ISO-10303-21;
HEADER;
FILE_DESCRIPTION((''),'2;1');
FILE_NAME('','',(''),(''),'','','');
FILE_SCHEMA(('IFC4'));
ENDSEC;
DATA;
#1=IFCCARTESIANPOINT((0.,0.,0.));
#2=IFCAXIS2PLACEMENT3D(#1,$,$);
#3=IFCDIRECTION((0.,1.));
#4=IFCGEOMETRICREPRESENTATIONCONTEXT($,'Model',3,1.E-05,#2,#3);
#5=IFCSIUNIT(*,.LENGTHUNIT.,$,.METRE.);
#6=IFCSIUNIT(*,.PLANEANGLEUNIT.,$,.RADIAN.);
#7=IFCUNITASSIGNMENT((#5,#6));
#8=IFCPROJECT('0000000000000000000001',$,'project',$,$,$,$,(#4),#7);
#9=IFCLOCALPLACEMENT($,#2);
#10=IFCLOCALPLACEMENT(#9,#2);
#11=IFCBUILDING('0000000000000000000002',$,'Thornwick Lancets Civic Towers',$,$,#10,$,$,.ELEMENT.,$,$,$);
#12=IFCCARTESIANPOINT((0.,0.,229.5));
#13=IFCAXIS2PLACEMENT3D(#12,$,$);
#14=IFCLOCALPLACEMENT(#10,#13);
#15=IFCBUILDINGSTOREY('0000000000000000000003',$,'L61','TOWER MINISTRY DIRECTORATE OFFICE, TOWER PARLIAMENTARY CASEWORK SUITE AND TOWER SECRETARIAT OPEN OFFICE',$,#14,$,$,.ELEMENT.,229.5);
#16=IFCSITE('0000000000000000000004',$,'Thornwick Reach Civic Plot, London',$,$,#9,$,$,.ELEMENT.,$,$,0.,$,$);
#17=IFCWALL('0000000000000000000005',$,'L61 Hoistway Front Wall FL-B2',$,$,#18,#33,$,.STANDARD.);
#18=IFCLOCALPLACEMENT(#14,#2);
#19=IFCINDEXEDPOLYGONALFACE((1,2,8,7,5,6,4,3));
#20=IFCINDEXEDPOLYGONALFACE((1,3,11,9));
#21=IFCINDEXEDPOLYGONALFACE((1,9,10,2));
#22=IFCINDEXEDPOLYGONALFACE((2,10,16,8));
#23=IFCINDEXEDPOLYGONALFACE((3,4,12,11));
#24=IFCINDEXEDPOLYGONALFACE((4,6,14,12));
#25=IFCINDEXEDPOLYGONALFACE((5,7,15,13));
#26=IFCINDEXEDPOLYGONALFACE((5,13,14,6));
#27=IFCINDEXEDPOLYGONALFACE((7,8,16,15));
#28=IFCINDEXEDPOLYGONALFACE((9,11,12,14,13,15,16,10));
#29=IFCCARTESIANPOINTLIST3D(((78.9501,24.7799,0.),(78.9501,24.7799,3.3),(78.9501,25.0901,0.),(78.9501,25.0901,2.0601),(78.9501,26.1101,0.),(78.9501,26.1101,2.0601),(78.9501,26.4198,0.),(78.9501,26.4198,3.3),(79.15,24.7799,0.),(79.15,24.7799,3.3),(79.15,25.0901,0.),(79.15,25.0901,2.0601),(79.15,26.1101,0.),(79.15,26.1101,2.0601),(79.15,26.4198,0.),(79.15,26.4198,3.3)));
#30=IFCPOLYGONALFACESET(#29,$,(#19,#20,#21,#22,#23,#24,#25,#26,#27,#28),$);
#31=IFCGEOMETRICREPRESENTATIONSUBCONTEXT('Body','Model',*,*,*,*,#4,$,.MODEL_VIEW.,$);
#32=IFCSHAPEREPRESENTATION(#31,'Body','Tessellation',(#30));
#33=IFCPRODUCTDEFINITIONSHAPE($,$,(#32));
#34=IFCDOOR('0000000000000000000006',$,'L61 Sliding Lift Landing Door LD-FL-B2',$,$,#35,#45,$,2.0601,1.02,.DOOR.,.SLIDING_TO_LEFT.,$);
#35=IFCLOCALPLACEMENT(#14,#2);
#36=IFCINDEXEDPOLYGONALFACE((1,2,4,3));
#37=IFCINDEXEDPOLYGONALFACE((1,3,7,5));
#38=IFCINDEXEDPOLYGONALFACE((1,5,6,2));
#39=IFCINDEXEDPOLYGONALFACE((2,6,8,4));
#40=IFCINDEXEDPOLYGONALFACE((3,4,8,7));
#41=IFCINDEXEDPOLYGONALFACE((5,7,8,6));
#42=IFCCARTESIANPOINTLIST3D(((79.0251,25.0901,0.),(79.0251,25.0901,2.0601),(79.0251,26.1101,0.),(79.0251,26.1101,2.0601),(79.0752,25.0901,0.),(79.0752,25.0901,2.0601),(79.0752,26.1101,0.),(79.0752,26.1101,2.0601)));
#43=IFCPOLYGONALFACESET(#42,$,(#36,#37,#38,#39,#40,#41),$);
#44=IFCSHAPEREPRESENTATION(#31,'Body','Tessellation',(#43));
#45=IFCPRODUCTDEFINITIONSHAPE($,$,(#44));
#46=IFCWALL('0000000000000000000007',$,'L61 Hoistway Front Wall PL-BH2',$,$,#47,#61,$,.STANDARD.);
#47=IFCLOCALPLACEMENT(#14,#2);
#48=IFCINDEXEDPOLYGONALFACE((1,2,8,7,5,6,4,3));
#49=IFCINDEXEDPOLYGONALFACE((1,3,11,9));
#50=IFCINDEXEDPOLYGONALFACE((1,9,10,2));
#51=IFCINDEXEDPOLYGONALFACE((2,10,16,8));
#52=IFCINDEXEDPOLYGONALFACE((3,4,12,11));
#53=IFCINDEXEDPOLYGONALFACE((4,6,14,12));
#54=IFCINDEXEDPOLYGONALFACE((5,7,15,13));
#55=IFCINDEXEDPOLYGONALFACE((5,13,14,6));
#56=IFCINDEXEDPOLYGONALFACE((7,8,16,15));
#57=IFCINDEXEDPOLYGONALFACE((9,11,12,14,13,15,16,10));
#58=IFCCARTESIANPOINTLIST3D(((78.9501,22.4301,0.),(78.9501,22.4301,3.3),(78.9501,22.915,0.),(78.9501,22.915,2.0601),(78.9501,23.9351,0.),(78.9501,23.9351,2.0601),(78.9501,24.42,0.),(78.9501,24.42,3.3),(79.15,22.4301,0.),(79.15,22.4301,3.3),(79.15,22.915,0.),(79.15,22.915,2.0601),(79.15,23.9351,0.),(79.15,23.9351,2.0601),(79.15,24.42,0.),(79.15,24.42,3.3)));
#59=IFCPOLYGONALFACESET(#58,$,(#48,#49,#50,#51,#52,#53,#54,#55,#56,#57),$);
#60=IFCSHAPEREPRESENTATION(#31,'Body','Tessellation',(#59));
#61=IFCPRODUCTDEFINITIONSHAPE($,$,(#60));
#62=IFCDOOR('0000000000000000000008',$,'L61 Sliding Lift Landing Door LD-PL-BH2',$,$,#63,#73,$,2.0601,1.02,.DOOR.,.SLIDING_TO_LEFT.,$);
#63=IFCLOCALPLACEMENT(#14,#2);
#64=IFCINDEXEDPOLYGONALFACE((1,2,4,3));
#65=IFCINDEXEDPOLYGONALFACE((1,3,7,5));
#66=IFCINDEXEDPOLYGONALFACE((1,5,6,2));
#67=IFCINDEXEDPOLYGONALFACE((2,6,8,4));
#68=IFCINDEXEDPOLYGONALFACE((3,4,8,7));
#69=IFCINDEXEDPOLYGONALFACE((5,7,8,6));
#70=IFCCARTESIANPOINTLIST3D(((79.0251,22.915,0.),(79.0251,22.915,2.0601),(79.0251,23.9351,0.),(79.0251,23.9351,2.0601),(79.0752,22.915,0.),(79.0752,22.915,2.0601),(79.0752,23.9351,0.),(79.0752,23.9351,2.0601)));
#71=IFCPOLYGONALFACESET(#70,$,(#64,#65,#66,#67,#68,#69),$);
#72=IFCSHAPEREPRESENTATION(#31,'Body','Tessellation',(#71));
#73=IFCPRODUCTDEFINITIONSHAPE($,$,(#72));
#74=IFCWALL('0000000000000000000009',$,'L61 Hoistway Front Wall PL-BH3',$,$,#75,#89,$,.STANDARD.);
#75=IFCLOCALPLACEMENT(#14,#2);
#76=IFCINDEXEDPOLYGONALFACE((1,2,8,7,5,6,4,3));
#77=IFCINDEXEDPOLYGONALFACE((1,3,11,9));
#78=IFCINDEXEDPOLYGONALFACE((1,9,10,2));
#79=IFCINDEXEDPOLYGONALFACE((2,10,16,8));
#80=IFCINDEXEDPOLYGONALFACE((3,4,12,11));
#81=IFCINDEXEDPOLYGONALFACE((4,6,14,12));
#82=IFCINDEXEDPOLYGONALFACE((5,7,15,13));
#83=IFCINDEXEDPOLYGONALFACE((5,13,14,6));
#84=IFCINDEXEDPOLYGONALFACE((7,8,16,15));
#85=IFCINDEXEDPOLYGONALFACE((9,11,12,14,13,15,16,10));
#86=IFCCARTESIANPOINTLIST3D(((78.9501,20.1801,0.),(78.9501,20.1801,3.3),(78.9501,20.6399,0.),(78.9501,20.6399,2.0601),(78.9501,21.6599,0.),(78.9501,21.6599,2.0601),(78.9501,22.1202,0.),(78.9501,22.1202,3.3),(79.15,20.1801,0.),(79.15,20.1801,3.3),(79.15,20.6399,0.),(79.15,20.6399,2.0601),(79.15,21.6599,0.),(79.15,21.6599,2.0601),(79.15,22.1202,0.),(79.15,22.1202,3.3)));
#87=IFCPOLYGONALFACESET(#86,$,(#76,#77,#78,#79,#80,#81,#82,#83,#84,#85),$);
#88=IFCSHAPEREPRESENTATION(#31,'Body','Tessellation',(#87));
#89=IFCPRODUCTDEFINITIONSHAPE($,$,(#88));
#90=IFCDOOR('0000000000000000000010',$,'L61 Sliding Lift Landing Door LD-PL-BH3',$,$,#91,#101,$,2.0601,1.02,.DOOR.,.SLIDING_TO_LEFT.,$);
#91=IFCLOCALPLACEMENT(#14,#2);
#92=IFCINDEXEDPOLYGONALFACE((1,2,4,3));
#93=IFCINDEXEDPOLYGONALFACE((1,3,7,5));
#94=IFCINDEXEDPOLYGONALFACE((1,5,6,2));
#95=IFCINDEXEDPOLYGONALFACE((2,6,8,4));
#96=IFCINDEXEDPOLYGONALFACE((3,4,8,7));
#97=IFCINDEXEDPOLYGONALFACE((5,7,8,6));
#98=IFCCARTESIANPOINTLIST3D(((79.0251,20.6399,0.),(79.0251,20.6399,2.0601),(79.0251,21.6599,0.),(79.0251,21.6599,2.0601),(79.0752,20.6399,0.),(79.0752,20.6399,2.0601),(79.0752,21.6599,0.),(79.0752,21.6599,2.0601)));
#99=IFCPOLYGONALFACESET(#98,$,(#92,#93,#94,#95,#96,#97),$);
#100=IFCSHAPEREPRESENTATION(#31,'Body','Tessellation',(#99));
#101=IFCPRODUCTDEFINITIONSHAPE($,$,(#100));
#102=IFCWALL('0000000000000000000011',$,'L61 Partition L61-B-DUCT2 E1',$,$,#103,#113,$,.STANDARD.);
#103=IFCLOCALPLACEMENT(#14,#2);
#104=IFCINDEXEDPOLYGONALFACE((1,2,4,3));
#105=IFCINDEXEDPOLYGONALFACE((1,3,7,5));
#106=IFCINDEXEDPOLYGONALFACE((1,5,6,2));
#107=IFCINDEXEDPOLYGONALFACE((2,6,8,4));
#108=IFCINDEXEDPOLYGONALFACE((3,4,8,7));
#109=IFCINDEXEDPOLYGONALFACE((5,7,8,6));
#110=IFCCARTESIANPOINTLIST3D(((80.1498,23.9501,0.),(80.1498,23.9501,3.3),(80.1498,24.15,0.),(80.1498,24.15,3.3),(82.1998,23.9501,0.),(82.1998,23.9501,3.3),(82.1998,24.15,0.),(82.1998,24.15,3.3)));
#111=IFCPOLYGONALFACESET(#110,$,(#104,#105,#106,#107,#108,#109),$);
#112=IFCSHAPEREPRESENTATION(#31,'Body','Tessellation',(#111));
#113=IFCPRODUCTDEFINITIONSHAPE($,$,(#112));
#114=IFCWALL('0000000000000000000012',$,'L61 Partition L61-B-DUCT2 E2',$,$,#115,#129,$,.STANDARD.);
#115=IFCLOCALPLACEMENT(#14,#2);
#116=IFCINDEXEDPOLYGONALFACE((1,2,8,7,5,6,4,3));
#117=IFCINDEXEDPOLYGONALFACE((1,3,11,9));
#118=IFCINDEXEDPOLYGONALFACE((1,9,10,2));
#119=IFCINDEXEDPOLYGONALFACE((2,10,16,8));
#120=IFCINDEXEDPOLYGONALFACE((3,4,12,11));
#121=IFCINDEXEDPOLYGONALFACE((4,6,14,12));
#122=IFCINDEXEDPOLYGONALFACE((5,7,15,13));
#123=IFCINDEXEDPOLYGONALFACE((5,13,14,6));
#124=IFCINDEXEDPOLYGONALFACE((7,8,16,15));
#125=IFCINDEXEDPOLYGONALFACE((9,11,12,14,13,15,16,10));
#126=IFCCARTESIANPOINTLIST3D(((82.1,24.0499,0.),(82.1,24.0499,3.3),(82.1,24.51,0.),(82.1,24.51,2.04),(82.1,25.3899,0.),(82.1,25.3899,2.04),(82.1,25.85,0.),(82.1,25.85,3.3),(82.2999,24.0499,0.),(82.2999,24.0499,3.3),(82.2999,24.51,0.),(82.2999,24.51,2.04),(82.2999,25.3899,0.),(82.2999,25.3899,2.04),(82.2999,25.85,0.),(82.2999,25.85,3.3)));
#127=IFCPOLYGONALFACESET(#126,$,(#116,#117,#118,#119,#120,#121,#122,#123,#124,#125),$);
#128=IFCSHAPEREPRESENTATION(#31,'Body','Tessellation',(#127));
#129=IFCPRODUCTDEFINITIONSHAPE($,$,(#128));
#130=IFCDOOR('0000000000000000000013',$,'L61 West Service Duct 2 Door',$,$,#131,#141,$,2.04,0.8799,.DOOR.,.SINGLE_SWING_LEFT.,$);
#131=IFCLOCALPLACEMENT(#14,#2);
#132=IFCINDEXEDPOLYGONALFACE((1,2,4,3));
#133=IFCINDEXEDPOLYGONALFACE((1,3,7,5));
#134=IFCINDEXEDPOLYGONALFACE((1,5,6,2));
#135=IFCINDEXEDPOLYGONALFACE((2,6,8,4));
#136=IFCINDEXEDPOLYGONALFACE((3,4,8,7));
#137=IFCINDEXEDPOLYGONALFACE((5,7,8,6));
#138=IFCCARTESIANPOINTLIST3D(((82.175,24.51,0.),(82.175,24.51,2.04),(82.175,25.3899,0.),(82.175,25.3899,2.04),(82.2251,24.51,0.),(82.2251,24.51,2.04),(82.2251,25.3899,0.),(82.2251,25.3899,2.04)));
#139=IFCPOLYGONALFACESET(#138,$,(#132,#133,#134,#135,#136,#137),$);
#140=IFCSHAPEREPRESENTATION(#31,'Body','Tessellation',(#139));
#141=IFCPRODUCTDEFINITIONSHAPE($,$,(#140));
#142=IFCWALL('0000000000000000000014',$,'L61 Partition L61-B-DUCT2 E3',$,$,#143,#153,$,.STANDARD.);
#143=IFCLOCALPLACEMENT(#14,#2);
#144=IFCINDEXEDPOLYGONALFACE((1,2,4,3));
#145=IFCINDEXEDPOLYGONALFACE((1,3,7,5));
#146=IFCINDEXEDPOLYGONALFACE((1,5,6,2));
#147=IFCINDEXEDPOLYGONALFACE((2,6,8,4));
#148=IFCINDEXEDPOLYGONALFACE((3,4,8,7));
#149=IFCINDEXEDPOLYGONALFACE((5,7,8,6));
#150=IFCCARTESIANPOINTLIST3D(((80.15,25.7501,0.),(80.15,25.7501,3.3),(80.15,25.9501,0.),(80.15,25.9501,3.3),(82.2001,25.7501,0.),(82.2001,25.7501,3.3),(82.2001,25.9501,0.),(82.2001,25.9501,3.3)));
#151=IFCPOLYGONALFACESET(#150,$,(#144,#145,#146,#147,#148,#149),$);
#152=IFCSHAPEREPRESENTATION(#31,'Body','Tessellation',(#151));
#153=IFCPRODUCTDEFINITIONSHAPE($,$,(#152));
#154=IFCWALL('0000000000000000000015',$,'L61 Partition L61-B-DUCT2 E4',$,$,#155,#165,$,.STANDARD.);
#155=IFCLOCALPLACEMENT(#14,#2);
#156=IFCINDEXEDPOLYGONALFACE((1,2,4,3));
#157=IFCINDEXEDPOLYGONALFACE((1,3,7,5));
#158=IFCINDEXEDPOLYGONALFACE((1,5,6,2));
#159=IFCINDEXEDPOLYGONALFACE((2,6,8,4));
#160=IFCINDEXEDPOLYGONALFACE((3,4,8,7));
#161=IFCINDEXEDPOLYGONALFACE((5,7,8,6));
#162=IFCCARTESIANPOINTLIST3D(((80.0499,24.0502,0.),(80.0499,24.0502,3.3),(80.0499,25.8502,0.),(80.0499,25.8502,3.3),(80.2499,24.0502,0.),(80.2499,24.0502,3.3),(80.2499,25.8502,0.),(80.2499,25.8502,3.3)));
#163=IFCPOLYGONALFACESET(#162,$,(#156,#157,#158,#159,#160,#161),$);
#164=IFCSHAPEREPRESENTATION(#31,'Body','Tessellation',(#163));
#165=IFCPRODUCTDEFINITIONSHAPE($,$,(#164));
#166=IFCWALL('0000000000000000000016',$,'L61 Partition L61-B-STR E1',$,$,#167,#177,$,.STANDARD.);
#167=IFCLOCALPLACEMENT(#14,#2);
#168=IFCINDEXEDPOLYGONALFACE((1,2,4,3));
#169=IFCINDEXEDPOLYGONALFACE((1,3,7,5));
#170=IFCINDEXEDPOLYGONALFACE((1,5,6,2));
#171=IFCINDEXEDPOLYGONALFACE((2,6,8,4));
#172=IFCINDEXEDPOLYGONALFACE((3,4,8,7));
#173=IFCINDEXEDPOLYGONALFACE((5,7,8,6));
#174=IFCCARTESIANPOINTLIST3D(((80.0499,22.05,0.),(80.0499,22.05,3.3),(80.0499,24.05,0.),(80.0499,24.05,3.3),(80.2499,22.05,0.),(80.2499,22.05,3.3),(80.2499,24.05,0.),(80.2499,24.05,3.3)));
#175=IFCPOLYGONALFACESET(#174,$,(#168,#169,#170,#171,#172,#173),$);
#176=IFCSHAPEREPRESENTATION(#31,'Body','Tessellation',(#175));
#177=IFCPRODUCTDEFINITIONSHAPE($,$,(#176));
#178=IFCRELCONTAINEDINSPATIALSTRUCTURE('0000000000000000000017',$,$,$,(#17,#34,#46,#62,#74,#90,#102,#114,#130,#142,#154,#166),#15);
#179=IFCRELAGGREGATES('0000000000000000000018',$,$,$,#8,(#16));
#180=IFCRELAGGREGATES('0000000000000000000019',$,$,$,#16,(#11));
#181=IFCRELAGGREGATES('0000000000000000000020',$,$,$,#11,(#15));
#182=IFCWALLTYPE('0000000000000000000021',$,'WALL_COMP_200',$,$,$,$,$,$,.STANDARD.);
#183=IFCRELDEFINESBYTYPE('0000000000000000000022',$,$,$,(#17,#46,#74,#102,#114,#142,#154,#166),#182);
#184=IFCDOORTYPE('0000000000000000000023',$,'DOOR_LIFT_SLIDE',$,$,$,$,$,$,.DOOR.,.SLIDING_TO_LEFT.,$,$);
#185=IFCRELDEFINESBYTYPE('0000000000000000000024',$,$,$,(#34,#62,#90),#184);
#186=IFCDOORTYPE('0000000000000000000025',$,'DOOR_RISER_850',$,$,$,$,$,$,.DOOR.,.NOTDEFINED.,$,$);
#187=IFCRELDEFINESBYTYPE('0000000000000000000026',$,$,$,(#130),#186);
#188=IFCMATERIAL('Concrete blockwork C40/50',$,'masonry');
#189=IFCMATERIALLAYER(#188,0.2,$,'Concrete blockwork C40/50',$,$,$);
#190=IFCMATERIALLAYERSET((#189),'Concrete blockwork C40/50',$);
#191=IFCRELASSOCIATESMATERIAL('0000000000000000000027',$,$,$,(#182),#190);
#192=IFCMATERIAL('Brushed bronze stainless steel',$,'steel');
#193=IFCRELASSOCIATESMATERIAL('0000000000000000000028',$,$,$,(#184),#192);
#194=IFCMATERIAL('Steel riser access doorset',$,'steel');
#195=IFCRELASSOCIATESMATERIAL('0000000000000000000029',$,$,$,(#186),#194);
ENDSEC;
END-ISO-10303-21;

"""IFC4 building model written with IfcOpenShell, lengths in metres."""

from ifc_helpers import new_model, si_unit, direction, frame, frame_2d, origin, place, context, subcontext, project, spatial, rectangle, extrude, material, layer, layer_set, type_object, element, fill, save


model = new_model("IFC4")

# Units and contexts
model_context = context("Model", 3, precision=1e-05, world=origin(), true_north=direction((0.0, 1.0)))
body_context = subcontext(model_context, "Body", "Model", "MODEL_VIEW")
ifc_project = project(units=[si_unit("LENGTHUNIT", "METRE"), si_unit("PLANEANGLEUNIT", "RADIAN")], contexts=[model_context])

# Site, building, storey
site_placement = place(None, origin())
site = spatial("IfcSite", under=ifc_project, at=site_placement, Name="Thornwick Reach Civic Plot, London", CompositionType="ELEMENT", RefElevation=0.0)
building_placement = place(site_placement, origin())
building = spatial("IfcBuilding", under=site, at=building_placement, Name="Thornwick Lancets Civic Towers", CompositionType="ELEMENT")
storey_placement = place(building_placement, frame((0.0, 0.0, 229.5)))
storey = spatial("IfcBuildingStorey", under=building, at=storey_placement, Name="L61", Description="TOWER MINISTRY DIRECTORATE OFFICE, TOWER PARLIAMENTARY CASEWORK SUITE AND TOWER SECRETARIAT OPEN OFFICE", CompositionType="ELEMENT", Elevation=229.5)

# Walls, openings, doors
ifc_material_1 = material(Name="Concrete blockwork C40/50", Category="masonry")
ifc_layer_1 = layer(ifc_material_1, 0.2, Name="Concrete blockwork C40/50")
ifc_layer_set_1 = layer_set([ifc_layer_1], Name="Concrete blockwork C40/50")
wall_type_1 = type_object("IfcWallType", Name="WALL_COMP_200", PredefinedType="STANDARD", material=ifc_layer_set_1)
wall_1_placement = place(storey_placement, frame((79.05, 24.78, 0.0), z_axis=(0.0, 0.0, 1.0), x_axis=(0.0, 1.0, 0.0)))
wall_1 = element("IfcWall", 1, at=wall_1_placement, inside=storey, type_object=wall_type_1, Name="L61 Hoistway Front Wall FL-B2", PredefinedType="STANDARD", context=body_context, shape_type="SweptSolid", body=[
    extrude(rectangle(XDim=1.6399, YDim=0.2, at=frame_2d((0.8198, 0.0))), origin(), (0.0, 0.0, 1.0), 3.3),
])
opening_1_placement = place(wall_1_placement, frame((0.3101, 0.0, 0.0)))
opening_1 = element("IfcOpeningElement", 2, at=opening_1_placement, cuts=wall_1, PredefinedType="OPENING", context=body_context, shape_type="SweptSolid", body=[
    extrude(rectangle(XDim=1.02, YDim=2.0601, at=frame_2d((0.51, 1.03))), frame((0.0, 0.1099, 0.0), z_axis=(0.0, -1.0, 0.0), x_axis=(1.0, 0.0, 0.0)), (0.0, 0.0, 1.0), 0.22),
])
ifc_material_2 = material(Name="Brushed bronze stainless steel", Category="steel")
door_type_1 = type_object("IfcDoorType", Name="DOOR_LIFT_SLIDE", OperationType="SLIDING_TO_LEFT", PredefinedType="DOOR", material=ifc_material_2)
door_1_placement = place(opening_1_placement, origin())
door_1 = element("IfcDoor", 3, at=door_1_placement, inside=storey, type_object=door_type_1, Name="L61 Sliding Lift Landing Door LD-FL-B2", OperationType="SLIDING_TO_LEFT", OverallHeight=2.0601, OverallWidth=1.02, PredefinedType="DOOR", context=body_context, shape_type="SweptSolid", body=[
    extrude(rectangle(XDim=1.02, YDim=2.0601, at=frame_2d((0.51, 1.03))), frame((0.0, 0.0249, 0.0), z_axis=(0.0, -1.0, 0.0), x_axis=(1.0, 0.0, 0.0)), (0.0, 0.0, 1.0), 0.05),
])
fill(opening_1, door_1)
wall_2_placement = place(storey_placement, frame((79.05, 22.4299, 0.0), z_axis=(0.0, 0.0, 1.0), x_axis=(0.0, 1.0, 0.0)))
wall_2 = element("IfcWall", 4, at=wall_2_placement, inside=storey, type_object=wall_type_1, Name="L61 Hoistway Front Wall PL-BH2", PredefinedType="STANDARD", context=body_context, shape_type="SweptSolid", body=[
    extrude(rectangle(XDim=1.99, YDim=0.2, at=frame_2d((0.9951, 0.0))), origin(), (0.0, 0.0, 1.0), 3.3),
])
opening_2_placement = place(wall_2_placement, frame((0.4851, 0.0, 0.0)))
opening_2 = element("IfcOpeningElement", 5, at=opening_2_placement, cuts=wall_2, PredefinedType="OPENING", context=body_context, shape_type="SweptSolid", body=[
    extrude(rectangle(XDim=1.02, YDim=2.0601, at=frame_2d((0.51, 1.03))), frame((0.0, 0.1099, 0.0), z_axis=(0.0, -1.0, 0.0), x_axis=(1.0, 0.0, 0.0)), (0.0, 0.0, 1.0), 0.22),
])
door_2_placement = place(opening_2_placement, origin())
door_2 = element("IfcDoor", 6, at=door_2_placement, inside=storey, type_object=door_type_1, Name="L61 Sliding Lift Landing Door LD-PL-BH2", OperationType="SLIDING_TO_LEFT", OverallHeight=2.0601, OverallWidth=1.02, PredefinedType="DOOR", context=body_context, shape_type="SweptSolid", body=[
    extrude(rectangle(XDim=1.02, YDim=2.0601, at=frame_2d((0.51, 1.03))), frame((0.0, 0.0249, 0.0), z_axis=(0.0, -1.0, 0.0), x_axis=(1.0, 0.0, 0.0)), (0.0, 0.0, 1.0), 0.05),
])
fill(opening_2, door_2)
wall_3_placement = place(storey_placement, frame((79.05, 20.1799, 0.0), z_axis=(0.0, 0.0, 1.0), x_axis=(0.0, 1.0, 0.0)))
wall_3 = element("IfcWall", 7, at=wall_3_placement, inside=storey, type_object=wall_type_1, Name="L61 Hoistway Front Wall PL-BH3", PredefinedType="STANDARD", context=body_context, shape_type="SweptSolid", body=[
    extrude(rectangle(XDim=1.9402, YDim=0.2, at=frame_2d((0.9702, 0.0))), origin(), (0.0, 0.0, 1.0), 3.3),
])
opening_3_placement = place(wall_3_placement, frame((0.46, 0.0, 0.0)))
opening_3 = element("IfcOpeningElement", 8, at=opening_3_placement, cuts=wall_3, PredefinedType="OPENING", context=body_context, shape_type="SweptSolid", body=[
    extrude(rectangle(XDim=1.02, YDim=2.0601, at=frame_2d((0.51, 1.03))), frame((0.0, 0.1099, 0.0), z_axis=(0.0, -1.0, 0.0), x_axis=(1.0, 0.0, 0.0)), (0.0, 0.0, 1.0), 0.22),
])
door_3_placement = place(opening_3_placement, origin())
door_3 = element("IfcDoor", 9, at=door_3_placement, inside=storey, type_object=door_type_1, Name="L61 Sliding Lift Landing Door LD-PL-BH3", OperationType="SLIDING_TO_LEFT", OverallHeight=2.0601, OverallWidth=1.02, PredefinedType="DOOR", context=body_context, shape_type="SweptSolid", body=[
    extrude(rectangle(XDim=1.02, YDim=2.0601, at=frame_2d((0.51, 1.03))), frame((0.0, 0.0249, 0.0), z_axis=(0.0, -1.0, 0.0), x_axis=(1.0, 0.0, 0.0)), (0.0, 0.0, 1.0), 0.05),
])
fill(opening_3, door_3)

# Wall
wall_4_placement = place(storey_placement, frame((80.1499, 24.05, 0.0), z_axis=(0.0, 0.0, 1.0), x_axis=(1.0, 0.0, 0.0)))
element("IfcWall", 10, at=wall_4_placement, inside=storey, type_object=wall_type_1, Name="L61 Partition L61-B-DUCT2 E1", PredefinedType="STANDARD", context=body_context, shape_type="SweptSolid", body=[
    extrude(rectangle(XDim=2.05, YDim=0.2, at=frame_2d((1.0249, 0.0))), origin(), (0.0, 0.0, 1.0), 3.3),
])

# Wall, opening, door
wall_5_placement = place(storey_placement, frame((82.2, 24.05, 0.0), z_axis=(0.0, 0.0, 1.0), x_axis=(0.0, 1.0, 0.0)))
wall_5 = element("IfcWall", 11, at=wall_5_placement, inside=storey, type_object=wall_type_1, Name="L61 Partition L61-B-DUCT2 E2", PredefinedType="STANDARD", context=body_context, shape_type="SweptSolid", body=[
    extrude(rectangle(XDim=1.8, YDim=0.2, at=frame_2d((0.8999, 0.0))), origin(), (0.0, 0.0, 1.0), 3.3),
])
opening_4_placement = place(wall_5_placement, frame((0.46, 0.0, 0.0)))
opening_4 = element("IfcOpeningElement", 12, at=opening_4_placement, cuts=wall_5, PredefinedType="OPENING", context=body_context, shape_type="SweptSolid", body=[
    extrude(rectangle(XDim=0.8799, YDim=2.04, at=frame_2d((0.4399, 1.02))), frame((0.0, 0.1099, 0.0), z_axis=(0.0, -1.0, 0.0), x_axis=(1.0, 0.0, 0.0)), (0.0, 0.0, 1.0), 0.22),
])
ifc_material_3 = material(Name="Steel riser access doorset", Category="steel")
door_type_2 = type_object("IfcDoorType", Name="DOOR_RISER_850", OperationType="NOTDEFINED", PredefinedType="DOOR", material=ifc_material_3)
door_4_placement = place(opening_4_placement, origin())
door_4 = element("IfcDoor", 13, at=door_4_placement, inside=storey, type_object=door_type_2, Name="L61 West Service Duct 2 Door", OperationType="SINGLE_SWING_LEFT", OverallHeight=2.04, OverallWidth=0.8799, PredefinedType="DOOR", context=body_context, shape_type="SweptSolid", body=[
    extrude(rectangle(XDim=0.8799, YDim=2.04, at=frame_2d((0.4399, 1.02))), frame((0.0, 0.0249, 0.0), z_axis=(0.0, -1.0, 0.0), x_axis=(1.0, 0.0, 0.0)), (0.0, 0.0, 1.0), 0.05),
])
fill(opening_4, door_4)

# Walls
wall_6_placement = place(storey_placement, frame((82.2, 25.8501, 0.0), z_axis=(0.0, 0.0, 1.0), x_axis=(-1.0, 0.0, 0.0)))
element("IfcWall", 14, at=wall_6_placement, inside=storey, type_object=wall_type_1, Name="L61 Partition L61-B-DUCT2 E3", PredefinedType="STANDARD", context=body_context, shape_type="SweptSolid", body=[
    extrude(rectangle(XDim=2.05, YDim=0.2, at=frame_2d((1.0249, 0.0))), origin(), (0.0, 0.0, 1.0), 3.3),
])
wall_7_placement = place(storey_placement, frame((80.1499, 25.8501, 0.0), z_axis=(0.0, 0.0, 1.0), x_axis=(0.0, -1.0, 0.0)))
element("IfcWall", 15, at=wall_7_placement, inside=storey, type_object=wall_type_1, Name="L61 Partition L61-B-DUCT2 E4", PredefinedType="STANDARD", context=body_context, shape_type="SweptSolid", body=[
    extrude(rectangle(XDim=1.8, YDim=0.2, at=frame_2d((0.8999, 0.0))), origin(), (0.0, 0.0, 1.0), 3.3),
])
wall_8_placement = place(storey_placement, frame((80.1499, 22.05, 0.0), z_axis=(0.0, 0.0, 1.0), x_axis=(0.0, 1.0, 0.0)))
element("IfcWall", 16, at=wall_8_placement, inside=storey, type_object=wall_type_1, Name="L61 Partition L61-B-STR E1", PredefinedType="STANDARD", context=body_context, shape_type="SweptSolid", body=[
    extrude(rectangle(XDim=2.0, YDim=0.2, at=frame_2d((1.0, 0.0))), origin(), (0.0, 0.0, 1.0), 3.3),
])

save(model, "model.ifc")
